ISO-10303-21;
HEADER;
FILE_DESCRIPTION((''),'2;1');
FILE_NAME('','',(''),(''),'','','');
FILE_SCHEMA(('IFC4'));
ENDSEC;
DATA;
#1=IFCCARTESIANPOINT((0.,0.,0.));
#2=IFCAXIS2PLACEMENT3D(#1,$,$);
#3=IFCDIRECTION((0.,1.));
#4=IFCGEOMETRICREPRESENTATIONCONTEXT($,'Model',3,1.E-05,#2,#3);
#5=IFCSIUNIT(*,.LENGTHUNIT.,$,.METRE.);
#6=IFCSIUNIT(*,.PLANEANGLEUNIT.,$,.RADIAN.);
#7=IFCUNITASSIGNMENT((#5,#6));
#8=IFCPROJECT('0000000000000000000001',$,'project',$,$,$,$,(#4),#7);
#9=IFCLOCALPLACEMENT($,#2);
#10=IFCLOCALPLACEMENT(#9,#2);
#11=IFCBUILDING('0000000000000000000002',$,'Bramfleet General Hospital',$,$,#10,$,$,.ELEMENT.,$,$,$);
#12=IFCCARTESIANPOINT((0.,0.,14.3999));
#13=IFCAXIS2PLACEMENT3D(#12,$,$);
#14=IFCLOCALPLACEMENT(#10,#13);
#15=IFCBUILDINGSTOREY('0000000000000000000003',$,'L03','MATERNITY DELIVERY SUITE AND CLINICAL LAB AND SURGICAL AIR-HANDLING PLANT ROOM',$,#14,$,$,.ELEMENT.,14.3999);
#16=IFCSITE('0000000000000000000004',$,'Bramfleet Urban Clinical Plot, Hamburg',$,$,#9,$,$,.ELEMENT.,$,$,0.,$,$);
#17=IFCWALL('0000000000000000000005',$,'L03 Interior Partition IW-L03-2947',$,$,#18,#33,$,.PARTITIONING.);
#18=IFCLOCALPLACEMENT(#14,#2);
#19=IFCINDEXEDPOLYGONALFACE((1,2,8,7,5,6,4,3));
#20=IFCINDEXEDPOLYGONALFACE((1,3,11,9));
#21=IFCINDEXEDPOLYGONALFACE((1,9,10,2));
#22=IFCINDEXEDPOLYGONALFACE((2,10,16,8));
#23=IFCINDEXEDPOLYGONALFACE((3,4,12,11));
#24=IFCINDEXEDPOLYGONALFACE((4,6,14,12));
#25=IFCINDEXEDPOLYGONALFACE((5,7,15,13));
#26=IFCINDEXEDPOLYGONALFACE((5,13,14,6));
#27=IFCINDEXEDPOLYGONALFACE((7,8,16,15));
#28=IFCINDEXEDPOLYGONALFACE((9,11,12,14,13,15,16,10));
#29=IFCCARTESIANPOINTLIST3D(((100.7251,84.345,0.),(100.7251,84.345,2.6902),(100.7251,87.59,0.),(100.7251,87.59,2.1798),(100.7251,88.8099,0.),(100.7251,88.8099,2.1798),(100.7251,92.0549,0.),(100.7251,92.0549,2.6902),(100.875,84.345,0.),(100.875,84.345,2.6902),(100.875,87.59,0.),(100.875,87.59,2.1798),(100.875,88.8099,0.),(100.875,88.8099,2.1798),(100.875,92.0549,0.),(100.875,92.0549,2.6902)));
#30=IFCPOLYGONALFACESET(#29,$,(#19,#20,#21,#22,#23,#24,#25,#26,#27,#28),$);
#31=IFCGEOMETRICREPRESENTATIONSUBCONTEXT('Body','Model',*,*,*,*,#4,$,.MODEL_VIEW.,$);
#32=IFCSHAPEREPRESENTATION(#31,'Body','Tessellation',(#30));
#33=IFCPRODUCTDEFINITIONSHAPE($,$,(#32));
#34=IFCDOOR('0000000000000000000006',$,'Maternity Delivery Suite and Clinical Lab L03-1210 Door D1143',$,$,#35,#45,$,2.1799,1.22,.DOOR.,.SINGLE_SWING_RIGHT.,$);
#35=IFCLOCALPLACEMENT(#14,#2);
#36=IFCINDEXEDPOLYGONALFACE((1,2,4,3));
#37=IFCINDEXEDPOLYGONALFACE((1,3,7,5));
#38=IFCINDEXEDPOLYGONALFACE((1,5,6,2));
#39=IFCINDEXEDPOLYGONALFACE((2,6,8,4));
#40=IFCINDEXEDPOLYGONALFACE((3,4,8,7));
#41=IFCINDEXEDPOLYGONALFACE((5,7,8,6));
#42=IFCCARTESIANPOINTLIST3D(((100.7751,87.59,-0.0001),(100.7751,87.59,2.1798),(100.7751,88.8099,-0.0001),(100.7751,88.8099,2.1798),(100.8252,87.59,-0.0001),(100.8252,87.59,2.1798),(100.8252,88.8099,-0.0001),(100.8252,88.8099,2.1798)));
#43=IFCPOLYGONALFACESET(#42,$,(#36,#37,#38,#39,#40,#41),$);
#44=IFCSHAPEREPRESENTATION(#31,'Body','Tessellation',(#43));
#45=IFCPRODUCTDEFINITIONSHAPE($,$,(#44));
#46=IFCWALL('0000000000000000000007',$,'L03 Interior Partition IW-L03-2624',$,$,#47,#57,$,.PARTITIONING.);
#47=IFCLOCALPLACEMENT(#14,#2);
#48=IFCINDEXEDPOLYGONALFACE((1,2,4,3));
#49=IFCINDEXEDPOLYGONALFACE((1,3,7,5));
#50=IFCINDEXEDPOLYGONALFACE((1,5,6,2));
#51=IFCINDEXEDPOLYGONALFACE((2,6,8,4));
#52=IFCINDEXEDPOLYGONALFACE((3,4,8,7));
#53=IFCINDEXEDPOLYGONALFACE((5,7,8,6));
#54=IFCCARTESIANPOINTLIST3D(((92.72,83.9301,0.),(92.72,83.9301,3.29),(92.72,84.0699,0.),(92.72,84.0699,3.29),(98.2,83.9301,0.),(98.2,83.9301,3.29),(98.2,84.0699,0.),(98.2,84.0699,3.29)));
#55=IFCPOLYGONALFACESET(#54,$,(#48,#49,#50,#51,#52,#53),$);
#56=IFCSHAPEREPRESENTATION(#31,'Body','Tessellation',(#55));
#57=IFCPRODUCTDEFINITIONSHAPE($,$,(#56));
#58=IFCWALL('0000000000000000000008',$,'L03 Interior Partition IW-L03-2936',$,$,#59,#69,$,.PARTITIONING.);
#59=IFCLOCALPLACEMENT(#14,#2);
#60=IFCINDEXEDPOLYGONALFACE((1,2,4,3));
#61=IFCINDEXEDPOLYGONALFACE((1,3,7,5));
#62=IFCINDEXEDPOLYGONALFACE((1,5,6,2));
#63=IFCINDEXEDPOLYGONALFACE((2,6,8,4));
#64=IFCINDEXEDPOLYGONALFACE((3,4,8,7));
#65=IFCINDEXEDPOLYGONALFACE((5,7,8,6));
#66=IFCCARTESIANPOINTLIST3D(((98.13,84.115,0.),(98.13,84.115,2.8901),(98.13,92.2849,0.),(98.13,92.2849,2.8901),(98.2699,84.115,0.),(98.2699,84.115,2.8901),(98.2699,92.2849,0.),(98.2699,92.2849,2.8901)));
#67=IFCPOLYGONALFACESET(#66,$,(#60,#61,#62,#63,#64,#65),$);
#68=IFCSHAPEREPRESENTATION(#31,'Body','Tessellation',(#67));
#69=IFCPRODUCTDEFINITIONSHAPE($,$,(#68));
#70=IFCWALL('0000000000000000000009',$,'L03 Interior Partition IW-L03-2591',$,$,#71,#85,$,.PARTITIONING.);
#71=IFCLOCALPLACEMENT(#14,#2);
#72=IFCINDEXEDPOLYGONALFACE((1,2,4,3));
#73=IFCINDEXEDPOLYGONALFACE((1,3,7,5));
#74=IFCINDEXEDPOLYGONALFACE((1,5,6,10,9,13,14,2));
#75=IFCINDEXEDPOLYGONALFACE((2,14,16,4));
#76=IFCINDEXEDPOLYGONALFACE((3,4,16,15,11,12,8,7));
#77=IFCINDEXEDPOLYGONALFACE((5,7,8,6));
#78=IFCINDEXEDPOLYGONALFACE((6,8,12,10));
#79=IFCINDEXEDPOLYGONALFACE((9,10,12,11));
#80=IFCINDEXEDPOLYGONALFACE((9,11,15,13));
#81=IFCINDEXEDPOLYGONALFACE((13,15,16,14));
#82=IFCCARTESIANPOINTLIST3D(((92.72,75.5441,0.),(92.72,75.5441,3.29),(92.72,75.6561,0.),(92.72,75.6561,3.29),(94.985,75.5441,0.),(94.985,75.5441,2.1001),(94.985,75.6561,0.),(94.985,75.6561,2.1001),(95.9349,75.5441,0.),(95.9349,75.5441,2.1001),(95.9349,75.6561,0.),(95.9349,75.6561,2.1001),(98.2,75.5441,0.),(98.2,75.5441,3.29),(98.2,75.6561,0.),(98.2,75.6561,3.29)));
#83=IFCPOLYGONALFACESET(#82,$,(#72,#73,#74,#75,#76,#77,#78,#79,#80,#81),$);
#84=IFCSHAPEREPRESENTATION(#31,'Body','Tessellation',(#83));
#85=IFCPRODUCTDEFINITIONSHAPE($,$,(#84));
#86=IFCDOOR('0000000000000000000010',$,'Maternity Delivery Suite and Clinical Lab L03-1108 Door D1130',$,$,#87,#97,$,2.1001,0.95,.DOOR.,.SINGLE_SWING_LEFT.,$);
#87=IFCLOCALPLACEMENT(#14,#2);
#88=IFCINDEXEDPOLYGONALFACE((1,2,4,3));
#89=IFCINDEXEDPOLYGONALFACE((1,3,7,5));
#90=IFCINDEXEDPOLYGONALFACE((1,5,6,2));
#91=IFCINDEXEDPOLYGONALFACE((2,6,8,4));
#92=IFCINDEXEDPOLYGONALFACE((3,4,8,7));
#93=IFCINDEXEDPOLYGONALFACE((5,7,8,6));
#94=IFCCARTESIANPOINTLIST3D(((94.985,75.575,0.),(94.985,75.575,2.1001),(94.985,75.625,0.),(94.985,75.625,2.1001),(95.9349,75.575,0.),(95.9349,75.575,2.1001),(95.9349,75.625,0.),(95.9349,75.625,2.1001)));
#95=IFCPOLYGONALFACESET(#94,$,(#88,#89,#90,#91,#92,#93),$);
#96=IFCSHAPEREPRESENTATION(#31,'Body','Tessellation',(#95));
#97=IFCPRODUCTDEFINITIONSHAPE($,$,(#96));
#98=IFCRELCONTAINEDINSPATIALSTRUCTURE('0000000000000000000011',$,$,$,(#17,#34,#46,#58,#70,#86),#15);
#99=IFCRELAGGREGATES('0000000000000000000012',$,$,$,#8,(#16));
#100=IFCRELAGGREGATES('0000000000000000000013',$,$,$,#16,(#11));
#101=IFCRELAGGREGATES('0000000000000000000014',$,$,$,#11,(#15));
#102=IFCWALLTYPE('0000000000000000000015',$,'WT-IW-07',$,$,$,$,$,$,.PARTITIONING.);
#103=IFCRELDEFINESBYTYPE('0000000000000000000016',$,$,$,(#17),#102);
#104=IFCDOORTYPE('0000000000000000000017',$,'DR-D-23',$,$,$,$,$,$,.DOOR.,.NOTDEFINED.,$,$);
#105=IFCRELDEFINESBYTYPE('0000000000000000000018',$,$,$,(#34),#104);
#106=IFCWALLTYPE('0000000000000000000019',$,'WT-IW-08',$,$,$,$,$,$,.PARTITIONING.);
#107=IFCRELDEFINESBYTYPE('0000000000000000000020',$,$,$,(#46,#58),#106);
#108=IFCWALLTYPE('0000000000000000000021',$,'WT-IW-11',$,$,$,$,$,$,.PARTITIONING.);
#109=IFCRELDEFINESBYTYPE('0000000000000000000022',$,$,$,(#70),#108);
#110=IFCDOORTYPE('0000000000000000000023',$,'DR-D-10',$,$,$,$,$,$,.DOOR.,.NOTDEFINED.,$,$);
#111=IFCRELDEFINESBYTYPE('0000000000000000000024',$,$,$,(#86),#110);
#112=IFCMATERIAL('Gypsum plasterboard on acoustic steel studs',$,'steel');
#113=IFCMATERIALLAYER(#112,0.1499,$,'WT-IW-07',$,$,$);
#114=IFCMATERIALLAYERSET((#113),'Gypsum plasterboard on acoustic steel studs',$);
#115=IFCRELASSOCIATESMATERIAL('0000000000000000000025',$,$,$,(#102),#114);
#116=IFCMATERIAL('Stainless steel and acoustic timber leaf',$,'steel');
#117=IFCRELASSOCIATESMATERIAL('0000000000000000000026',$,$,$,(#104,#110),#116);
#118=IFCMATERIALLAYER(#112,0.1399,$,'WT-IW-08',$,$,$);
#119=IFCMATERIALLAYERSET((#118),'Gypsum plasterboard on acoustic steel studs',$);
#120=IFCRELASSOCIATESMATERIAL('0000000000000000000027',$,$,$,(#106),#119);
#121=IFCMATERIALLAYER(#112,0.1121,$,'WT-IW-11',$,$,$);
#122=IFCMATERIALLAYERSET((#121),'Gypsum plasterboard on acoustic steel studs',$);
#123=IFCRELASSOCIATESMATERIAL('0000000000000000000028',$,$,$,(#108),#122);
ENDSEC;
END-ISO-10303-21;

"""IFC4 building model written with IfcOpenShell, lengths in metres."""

from ifc_helpers import new_model, si_unit, direction, frame, frame_2d, origin, place, context, subcontext, project, spatial, rectangle, extrude, material, layer, layer_set, type_object, element, fill, save


model = new_model("IFC4")

# Units and contexts
model_context = context("Model", 3, precision=1e-05, world=origin(), true_north=direction((0.0, 1.0)))
body_context = subcontext(model_context, "Body", "Model", "MODEL_VIEW")
ifc_project = project(units=[si_unit("LENGTHUNIT", "METRE"), si_unit("PLANEANGLEUNIT", "RADIAN")], contexts=[model_context])

# Site, building, storey
site_placement = place(None, origin())
site = spatial("IfcSite", under=ifc_project, at=site_placement, Name="Bramfleet Urban Clinical Plot, Hamburg", CompositionType="ELEMENT", RefElevation=0.0)
building_placement = place(site_placement, origin())
building = spatial("IfcBuilding", under=site, at=building_placement, Name="Bramfleet General Hospital", CompositionType="ELEMENT")
storey_placement = place(building_placement, frame((0.0, 0.0, 14.3999)))
storey = spatial("IfcBuildingStorey", under=building, at=storey_placement, Name="L03", Description="MATERNITY DELIVERY SUITE AND CLINICAL LAB AND SURGICAL AIR-HANDLING PLANT ROOM", CompositionType="ELEMENT", Elevation=14.3999)

# Shared definitions
ifc_material_1 = material(Name="Stainless steel and acoustic timber leaf", Category="steel")

# Shared definitions
ifc_material_2 = material(Name="Gypsum plasterboard on acoustic steel studs", Category="steel")
ifc_layer_1 = layer(ifc_material_2, 0.1499, Name="WT-IW-07")
ifc_layer_set_1 = layer_set([ifc_layer_1], Name="Gypsum plasterboard on acoustic steel studs")
wall_type_1 = type_object("IfcWallType", Name="WT-IW-07", PredefinedType="PARTITIONING", material=ifc_layer_set_1)

# Wall, opening, door
wall_1_placement = place(storey_placement, frame((100.8, 84.345, 0.0), z_axis=(0.0, 0.0, 1.0), x_axis=(0.0, 1.0, 0.0)))
wall_1 = element("IfcWall", 1, at=wall_1_placement, inside=storey, type_object=wall_type_1, Name="L03 Interior Partition IW-L03-2947", PredefinedType="PARTITIONING", context=body_context, shape_type="SweptSolid", body=[
    extrude(rectangle(XDim=7.71, YDim=0.1499, at=frame_2d((3.855, 0.0))), origin(), (0.0, 0.0, 1.0), 2.6902),
])
opening_1_placement = place(wall_1_placement, frame((3.2451, 0.0, 0.0)))
opening_1 = element("IfcOpeningElement", 2, at=opening_1_placement, cuts=wall_1, PredefinedType="OPENING", context=body_context, shape_type="SweptSolid", body=[
    extrude(rectangle(XDim=1.22, YDim=2.1799, at=frame_2d((0.6099, 1.0898))), frame((0.0, 0.085, 0.0), z_axis=(0.0, -1.0, 0.0), x_axis=(1.0, 0.0, 0.0)), (0.0, 0.0, 1.0), 0.1699),
])
door_type_1 = type_object("IfcDoorType", Name="DR-D-23", OperationType="NOTDEFINED", PredefinedType="DOOR", material=ifc_material_1)
door_1_placement = place(opening_1_placement, origin())
door_1 = element("IfcDoor", 3, at=door_1_placement, inside=storey, type_object=door_type_1, Name="Maternity Delivery Suite and Clinical Lab L03-1210 Door D1143", OperationType="SINGLE_SWING_RIGHT", OverallHeight=2.1799, OverallWidth=1.22, PredefinedType="DOOR", context=body_context, shape_type="SweptSolid", body=[
    extrude(rectangle(XDim=1.22, YDim=2.1799, at=frame_2d((0.6099, 1.0898))), frame((0.0, 0.0249, 0.0), z_axis=(0.0, -1.0, 0.0), x_axis=(1.0, 0.0, 0.0)), (0.0, 0.0, 1.0), 0.05),
])
fill(opening_1, door_1)

# Walls
ifc_layer_2 = layer(ifc_material_2, 0.1399, Name="WT-IW-08")
ifc_layer_set_2 = layer_set([ifc_layer_2], Name="Gypsum plasterboard on acoustic steel studs")
wall_type_2 = type_object("IfcWallType", Name="WT-IW-08", PredefinedType="PARTITIONING", material=ifc_layer_set_2)
wall_2_placement = place(storey_placement, frame((92.72, 84.0, 0.0), z_axis=(0.0, 0.0, 1.0), x_axis=(1.0, 0.0, 0.0)))
element("IfcWall", 4, at=wall_2_placement, inside=storey, type_object=wall_type_2, Name="L03 Interior Partition IW-L03-2624", PredefinedType="PARTITIONING", context=body_context, shape_type="SweptSolid", body=[
    extrude(rectangle(XDim=5.48, YDim=0.1399, at=frame_2d((2.74, 0.0))), origin(), (0.0, 0.0, 1.0), 3.29),
])
wall_3_placement = place(storey_placement, frame((98.2, 84.115, 0.0), z_axis=(0.0, 0.0, 1.0), x_axis=(0.0, 1.0, 0.0)))
element("IfcWall", 5, at=wall_3_placement, inside=storey, type_object=wall_type_2, Name="L03 Interior Partition IW-L03-2936", PredefinedType="PARTITIONING", context=body_context, shape_type="SweptSolid", body=[
    extrude(rectangle(XDim=8.1699, YDim=0.1399, at=frame_2d((4.085, 0.0))), origin(), (0.0, 0.0, 1.0), 2.8901),
])

# Wall, opening, door
ifc_layer_3 = layer(ifc_material_2, 0.1121, Name="WT-IW-11")
ifc_layer_set_3 = layer_set([ifc_layer_3], Name="Gypsum plasterboard on acoustic steel studs")
wall_type_3 = type_object("IfcWallType", Name="WT-IW-11", PredefinedType="PARTITIONING", material=ifc_layer_set_3)
wall_4_placement = place(storey_placement, frame((92.72, 75.6001, 0.0), z_axis=(0.0, 0.0, 1.0), x_axis=(1.0, 0.0, 0.0)))
wall_4 = element("IfcWall", 6, at=wall_4_placement, inside=storey, type_object=wall_type_3, Name="L03 Interior Partition IW-L03-2591", PredefinedType="PARTITIONING", context=body_context, shape_type="SweptSolid", body=[
    extrude(rectangle(XDim=5.48, YDim=0.1121, at=frame_2d((2.74, 0.0))), origin(), (0.0, 0.0, 1.0), 3.29),
])
opening_2_placement = place(wall_4_placement, frame((2.2649, 0.0, 0.0)))
opening_2 = element("IfcOpeningElement", 7, at=opening_2_placement, cuts=wall_4, PredefinedType="OPENING", context=body_context, shape_type="SweptSolid", body=[
    extrude(rectangle(XDim=0.95, YDim=2.1001, at=frame_2d((0.4751, 1.05))), frame((0.0, 0.0659, 0.0), z_axis=(0.0, -1.0, 0.0), x_axis=(1.0, 0.0, 0.0)), (0.0, 0.0, 1.0), 0.1321),
])
door_type_2 = type_object("IfcDoorType", Name="DR-D-10", OperationType="NOTDEFINED", PredefinedType="DOOR", material=ifc_material_1)
door_2_placement = place(opening_2_placement, origin())
door_2 = element("IfcDoor", 8, at=door_2_placement, inside=storey, type_object=door_type_2, Name="Maternity Delivery Suite and Clinical Lab L03-1108 Door D1130", OperationType="SINGLE_SWING_LEFT", OverallHeight=2.1001, OverallWidth=0.95, PredefinedType="DOOR", context=body_context, shape_type="SweptSolid", body=[
    extrude(rectangle(XDim=0.95, YDim=2.1001, at=frame_2d((0.4751, 1.05))), frame((0.0, 0.0249, 0.0), z_axis=(0.0, -1.0, 0.0), x_axis=(1.0, 0.0, 0.0)), (0.0, 0.0, 1.0), 0.05),
])
fill(opening_2, door_2)

save(model, "model.ifc")
